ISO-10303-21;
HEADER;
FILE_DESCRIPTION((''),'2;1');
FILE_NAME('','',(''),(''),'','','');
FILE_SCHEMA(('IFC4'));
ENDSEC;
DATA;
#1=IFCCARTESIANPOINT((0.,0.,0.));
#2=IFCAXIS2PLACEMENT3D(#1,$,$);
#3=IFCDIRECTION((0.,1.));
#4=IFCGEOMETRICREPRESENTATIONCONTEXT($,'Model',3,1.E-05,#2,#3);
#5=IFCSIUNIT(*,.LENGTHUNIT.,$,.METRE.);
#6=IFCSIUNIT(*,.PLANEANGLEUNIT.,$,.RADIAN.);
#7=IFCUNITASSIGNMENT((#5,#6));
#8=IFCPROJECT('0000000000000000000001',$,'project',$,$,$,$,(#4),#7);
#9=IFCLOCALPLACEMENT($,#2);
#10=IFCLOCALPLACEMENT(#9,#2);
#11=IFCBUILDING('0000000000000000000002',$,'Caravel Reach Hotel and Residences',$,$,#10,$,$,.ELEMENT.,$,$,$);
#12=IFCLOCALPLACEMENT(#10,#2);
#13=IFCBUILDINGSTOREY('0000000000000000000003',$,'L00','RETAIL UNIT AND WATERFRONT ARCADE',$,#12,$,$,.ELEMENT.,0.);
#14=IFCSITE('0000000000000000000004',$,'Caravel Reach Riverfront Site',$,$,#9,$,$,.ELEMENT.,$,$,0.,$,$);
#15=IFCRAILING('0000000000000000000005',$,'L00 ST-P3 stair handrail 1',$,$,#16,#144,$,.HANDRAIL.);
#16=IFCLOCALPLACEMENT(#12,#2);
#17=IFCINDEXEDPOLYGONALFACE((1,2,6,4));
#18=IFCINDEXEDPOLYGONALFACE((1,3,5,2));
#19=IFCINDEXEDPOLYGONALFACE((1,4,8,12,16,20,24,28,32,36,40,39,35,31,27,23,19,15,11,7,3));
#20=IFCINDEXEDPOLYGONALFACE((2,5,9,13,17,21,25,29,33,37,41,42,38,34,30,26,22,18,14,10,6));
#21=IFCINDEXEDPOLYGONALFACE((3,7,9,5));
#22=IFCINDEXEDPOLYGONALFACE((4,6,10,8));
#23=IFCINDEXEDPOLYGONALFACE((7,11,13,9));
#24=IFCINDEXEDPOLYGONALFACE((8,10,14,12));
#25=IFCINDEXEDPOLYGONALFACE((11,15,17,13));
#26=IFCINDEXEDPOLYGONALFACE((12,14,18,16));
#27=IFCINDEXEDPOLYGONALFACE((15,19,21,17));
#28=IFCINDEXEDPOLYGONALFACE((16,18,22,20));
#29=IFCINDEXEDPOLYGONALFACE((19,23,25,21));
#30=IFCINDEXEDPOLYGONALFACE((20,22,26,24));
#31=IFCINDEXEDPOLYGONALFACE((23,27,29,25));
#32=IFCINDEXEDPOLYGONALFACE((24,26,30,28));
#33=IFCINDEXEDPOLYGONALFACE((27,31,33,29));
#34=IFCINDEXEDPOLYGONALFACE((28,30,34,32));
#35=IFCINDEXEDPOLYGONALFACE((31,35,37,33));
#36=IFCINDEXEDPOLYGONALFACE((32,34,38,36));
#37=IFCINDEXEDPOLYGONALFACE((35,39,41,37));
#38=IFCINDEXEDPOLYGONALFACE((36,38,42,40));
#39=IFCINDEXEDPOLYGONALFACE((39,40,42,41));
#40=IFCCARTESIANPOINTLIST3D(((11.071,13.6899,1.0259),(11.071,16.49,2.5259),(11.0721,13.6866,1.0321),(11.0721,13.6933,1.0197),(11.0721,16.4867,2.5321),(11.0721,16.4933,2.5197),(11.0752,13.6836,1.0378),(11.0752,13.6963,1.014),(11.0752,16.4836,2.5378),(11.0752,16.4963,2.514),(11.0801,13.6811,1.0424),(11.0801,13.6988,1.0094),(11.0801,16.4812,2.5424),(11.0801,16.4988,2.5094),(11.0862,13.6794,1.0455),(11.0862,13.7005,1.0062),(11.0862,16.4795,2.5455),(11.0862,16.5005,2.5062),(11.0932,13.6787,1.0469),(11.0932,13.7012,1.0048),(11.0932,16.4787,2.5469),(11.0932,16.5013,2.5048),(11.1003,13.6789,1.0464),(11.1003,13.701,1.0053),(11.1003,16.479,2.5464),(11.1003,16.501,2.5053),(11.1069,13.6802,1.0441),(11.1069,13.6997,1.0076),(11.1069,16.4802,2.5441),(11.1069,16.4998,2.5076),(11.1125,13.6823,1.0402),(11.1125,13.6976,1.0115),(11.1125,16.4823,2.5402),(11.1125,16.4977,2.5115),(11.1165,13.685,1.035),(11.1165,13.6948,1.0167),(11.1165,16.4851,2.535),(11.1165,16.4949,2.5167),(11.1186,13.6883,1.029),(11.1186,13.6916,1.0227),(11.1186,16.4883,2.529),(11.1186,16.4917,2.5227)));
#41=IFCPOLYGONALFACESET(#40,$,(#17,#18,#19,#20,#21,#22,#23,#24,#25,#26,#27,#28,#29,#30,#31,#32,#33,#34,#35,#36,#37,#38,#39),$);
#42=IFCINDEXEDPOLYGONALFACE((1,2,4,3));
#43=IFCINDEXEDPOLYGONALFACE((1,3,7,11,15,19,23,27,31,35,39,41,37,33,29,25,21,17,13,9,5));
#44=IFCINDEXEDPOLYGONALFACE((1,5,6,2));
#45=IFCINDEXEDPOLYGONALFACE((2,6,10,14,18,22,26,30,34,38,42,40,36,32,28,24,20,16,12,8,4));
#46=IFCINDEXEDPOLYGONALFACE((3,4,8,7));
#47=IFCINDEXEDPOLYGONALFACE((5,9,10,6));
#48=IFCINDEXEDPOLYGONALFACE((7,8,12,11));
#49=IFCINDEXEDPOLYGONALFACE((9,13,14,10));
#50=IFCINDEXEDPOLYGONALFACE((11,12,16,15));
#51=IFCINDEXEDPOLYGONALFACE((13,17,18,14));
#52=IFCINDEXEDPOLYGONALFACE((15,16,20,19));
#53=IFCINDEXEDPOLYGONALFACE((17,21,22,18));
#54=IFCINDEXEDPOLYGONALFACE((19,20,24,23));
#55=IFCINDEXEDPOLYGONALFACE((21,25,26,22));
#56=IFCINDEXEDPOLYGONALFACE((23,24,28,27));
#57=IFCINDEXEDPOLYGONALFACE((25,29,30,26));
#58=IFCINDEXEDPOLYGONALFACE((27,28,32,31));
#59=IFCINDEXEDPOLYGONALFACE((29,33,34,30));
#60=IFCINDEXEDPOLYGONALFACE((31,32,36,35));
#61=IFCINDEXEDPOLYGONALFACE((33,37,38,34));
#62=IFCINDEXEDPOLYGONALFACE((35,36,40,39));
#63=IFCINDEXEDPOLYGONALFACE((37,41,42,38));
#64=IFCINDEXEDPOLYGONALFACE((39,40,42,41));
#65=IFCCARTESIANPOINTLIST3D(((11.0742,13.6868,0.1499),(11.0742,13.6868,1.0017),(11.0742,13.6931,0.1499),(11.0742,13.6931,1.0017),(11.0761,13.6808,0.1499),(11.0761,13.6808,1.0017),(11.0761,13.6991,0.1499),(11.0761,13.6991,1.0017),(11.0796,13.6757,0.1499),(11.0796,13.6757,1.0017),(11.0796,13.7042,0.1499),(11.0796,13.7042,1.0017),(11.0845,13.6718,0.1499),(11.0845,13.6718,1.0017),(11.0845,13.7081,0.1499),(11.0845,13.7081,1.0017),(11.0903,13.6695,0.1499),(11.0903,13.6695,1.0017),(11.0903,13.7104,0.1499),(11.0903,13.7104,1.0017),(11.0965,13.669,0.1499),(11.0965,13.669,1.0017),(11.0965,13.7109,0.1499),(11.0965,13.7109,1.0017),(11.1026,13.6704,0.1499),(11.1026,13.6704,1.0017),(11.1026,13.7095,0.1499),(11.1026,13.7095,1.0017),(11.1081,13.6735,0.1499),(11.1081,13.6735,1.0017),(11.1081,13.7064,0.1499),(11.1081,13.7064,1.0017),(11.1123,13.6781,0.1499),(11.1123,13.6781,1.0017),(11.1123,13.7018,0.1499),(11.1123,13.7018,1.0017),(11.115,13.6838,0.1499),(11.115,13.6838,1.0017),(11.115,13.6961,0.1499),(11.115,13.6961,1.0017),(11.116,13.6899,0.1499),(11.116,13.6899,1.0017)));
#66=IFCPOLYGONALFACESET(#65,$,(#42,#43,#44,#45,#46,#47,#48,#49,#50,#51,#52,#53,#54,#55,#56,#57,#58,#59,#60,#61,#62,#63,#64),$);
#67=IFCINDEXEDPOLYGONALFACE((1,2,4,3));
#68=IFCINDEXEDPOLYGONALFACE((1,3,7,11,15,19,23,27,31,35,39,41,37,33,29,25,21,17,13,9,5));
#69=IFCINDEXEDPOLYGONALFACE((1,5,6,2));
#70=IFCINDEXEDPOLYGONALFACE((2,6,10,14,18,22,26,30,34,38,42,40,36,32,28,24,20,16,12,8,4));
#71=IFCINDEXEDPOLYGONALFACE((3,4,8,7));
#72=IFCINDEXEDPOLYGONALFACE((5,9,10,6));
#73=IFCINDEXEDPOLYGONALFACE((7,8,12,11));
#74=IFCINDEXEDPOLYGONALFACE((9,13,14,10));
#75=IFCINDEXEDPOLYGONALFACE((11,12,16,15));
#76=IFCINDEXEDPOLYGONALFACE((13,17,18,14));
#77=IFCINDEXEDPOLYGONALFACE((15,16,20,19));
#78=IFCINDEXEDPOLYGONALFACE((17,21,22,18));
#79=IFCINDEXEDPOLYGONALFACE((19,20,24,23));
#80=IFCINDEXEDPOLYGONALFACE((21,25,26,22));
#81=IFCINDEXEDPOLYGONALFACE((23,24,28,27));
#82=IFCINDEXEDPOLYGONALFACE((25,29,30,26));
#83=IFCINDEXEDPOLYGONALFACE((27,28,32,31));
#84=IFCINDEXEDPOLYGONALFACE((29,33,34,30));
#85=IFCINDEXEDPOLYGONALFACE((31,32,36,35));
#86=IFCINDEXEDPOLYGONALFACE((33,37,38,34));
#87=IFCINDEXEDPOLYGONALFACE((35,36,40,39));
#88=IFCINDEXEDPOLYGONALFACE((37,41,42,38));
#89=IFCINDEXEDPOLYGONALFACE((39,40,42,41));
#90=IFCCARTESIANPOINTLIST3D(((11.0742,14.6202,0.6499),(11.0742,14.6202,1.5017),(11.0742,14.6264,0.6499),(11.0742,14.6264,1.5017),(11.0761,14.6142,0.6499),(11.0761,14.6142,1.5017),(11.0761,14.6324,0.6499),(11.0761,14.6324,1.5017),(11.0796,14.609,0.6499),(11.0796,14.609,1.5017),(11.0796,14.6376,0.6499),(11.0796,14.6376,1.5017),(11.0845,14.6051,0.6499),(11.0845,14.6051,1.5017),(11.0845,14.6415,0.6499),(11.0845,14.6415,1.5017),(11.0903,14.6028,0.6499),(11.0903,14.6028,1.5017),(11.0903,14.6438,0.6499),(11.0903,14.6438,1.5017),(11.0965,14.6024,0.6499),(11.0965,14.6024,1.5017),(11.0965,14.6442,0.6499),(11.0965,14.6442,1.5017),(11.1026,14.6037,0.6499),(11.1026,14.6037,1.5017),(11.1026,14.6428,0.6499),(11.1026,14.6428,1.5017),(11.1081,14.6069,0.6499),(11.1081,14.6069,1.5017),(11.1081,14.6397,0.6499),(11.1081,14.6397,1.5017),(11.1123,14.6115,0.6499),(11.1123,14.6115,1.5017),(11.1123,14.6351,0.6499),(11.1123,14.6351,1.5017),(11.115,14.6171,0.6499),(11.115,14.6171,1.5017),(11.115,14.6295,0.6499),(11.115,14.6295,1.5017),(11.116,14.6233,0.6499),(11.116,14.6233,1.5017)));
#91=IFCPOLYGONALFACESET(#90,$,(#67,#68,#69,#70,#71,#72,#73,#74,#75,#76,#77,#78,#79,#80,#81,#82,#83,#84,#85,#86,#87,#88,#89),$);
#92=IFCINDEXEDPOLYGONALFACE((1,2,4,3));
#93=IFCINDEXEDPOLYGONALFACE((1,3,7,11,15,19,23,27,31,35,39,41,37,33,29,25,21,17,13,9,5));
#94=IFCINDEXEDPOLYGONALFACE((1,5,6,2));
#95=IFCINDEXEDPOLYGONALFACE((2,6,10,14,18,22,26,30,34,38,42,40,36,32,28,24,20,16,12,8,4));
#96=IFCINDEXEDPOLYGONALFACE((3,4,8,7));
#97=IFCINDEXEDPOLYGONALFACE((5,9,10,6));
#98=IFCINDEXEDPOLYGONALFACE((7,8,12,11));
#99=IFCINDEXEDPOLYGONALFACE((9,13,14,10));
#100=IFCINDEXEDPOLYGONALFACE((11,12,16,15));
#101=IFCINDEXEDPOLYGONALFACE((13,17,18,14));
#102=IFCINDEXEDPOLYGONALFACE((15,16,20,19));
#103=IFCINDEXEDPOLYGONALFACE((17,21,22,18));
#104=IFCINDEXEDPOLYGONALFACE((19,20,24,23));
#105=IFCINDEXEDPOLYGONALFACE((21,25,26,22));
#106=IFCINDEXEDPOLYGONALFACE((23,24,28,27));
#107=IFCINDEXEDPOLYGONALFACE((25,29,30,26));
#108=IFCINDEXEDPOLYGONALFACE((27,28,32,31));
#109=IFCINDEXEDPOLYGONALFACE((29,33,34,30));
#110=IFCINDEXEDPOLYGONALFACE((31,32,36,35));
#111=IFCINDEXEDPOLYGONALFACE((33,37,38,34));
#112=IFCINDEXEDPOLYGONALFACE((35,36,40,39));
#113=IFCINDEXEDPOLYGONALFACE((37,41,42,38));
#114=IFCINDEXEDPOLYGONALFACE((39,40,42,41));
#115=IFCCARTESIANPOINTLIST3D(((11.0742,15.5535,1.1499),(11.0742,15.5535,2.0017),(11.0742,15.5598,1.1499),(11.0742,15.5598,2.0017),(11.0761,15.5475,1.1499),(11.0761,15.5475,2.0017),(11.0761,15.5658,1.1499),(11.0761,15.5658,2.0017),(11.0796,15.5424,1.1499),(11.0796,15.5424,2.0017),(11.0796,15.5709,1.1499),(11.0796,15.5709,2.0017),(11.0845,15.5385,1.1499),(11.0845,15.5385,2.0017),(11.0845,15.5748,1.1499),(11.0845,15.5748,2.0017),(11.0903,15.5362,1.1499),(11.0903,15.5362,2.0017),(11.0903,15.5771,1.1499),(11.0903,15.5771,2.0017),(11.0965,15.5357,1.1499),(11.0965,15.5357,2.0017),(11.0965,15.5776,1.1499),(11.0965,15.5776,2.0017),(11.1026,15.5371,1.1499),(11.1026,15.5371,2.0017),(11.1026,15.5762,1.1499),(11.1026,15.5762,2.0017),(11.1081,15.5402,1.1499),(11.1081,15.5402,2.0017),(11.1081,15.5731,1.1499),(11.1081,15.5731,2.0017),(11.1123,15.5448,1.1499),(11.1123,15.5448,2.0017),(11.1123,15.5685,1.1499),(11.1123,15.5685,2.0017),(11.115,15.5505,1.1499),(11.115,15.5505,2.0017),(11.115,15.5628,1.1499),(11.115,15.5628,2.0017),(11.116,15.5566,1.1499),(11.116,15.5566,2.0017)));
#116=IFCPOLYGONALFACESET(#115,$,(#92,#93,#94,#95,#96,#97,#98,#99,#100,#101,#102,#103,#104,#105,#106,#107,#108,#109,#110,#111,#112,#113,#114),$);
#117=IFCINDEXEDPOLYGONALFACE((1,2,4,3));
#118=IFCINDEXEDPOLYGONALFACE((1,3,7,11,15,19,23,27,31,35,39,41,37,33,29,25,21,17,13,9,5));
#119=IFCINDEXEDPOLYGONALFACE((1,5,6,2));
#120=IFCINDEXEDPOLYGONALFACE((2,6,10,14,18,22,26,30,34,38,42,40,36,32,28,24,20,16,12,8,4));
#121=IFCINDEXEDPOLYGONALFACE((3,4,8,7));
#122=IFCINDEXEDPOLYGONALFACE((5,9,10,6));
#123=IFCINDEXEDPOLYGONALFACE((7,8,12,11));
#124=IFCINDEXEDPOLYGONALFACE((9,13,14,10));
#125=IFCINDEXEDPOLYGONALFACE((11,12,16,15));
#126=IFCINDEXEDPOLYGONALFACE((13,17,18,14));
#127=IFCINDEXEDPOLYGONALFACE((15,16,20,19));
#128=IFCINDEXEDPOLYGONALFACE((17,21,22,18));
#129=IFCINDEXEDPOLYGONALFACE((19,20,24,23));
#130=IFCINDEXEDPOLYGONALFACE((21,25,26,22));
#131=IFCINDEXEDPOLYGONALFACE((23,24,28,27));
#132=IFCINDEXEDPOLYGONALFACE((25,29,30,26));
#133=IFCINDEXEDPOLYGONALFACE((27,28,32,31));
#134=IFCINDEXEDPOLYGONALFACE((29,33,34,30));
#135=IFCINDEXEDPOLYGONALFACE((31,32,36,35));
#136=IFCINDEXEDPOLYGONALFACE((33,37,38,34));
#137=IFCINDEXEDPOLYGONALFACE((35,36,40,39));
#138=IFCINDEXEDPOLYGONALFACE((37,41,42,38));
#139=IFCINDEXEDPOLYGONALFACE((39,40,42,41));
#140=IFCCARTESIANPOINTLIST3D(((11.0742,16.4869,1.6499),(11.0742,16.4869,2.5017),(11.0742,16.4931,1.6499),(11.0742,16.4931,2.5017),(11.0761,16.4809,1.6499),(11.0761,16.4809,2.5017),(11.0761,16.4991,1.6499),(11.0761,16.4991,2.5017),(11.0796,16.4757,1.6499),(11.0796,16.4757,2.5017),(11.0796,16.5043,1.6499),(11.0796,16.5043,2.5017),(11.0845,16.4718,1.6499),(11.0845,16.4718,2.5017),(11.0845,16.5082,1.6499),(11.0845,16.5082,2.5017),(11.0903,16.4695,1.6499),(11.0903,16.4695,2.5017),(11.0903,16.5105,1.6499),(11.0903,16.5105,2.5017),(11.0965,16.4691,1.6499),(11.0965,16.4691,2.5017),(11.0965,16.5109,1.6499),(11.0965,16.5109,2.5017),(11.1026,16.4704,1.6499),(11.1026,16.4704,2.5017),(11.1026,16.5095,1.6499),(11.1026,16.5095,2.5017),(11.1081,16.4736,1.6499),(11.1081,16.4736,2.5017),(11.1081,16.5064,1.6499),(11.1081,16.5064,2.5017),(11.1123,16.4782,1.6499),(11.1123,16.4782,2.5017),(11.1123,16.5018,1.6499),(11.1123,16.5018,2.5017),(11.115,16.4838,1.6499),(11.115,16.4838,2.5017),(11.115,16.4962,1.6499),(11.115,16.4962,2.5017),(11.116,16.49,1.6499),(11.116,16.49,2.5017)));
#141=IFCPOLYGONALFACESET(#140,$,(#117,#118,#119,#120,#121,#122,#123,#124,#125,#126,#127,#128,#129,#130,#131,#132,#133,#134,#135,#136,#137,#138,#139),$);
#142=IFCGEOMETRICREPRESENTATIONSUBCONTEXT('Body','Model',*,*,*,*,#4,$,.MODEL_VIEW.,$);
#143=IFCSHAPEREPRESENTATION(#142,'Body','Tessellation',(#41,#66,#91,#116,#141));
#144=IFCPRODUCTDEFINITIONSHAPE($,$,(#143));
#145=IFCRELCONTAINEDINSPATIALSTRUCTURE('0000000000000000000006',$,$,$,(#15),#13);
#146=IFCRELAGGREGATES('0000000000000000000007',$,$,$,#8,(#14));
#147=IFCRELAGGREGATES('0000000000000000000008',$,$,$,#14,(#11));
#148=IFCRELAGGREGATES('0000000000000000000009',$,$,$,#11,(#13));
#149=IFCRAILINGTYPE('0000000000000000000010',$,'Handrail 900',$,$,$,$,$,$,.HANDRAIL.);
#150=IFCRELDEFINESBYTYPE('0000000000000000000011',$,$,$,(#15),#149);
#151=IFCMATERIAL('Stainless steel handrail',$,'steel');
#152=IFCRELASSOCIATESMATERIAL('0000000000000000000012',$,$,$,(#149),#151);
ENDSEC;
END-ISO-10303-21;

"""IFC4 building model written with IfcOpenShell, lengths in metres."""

from ifc_helpers import new_model, si_unit, direction, frame, origin, origin_2d, place, context, subcontext, project, spatial, circle, extrude, material, type_object, element, save


model = new_model("IFC4")

# Units and contexts
model_context = context("Model", 3, precision=1e-05, world=origin(), true_north=direction((0.0, 1.0)))
body_context = subcontext(model_context, "Body", "Model", "MODEL_VIEW")
ifc_project = project(units=[si_unit("LENGTHUNIT", "METRE"), si_unit("PLANEANGLEUNIT", "RADIAN")], contexts=[model_context])

# Site, building, storey
site_placement = place(None, origin())
site = spatial("IfcSite", under=ifc_project, at=site_placement, Name="Caravel Reach Riverfront Site", CompositionType="ELEMENT", RefElevation=0.0)
building_placement = place(site_placement, origin())
building = spatial("IfcBuilding", under=site, at=building_placement, Name="Caravel Reach Hotel and Residences", CompositionType="ELEMENT")
storey_placement = place(building_placement, origin())
storey = spatial("IfcBuildingStorey", under=building, at=storey_placement, Name="L00", Description="RETAIL UNIT AND WATERFRONT ARCADE", CompositionType="ELEMENT", Elevation=0.0)

# Railing
ifc_material_1 = material(Name="Stainless steel handrail", Category="steel")
railing_type_1 = type_object("IfcRailingType", Name="Handrail 900", PredefinedType="HANDRAIL", material=ifc_material_1)
for number, where, name in (
    (1, (11.095, 13.6899, 0.1499), "L00 ST-P3 stair handrail 1"),
):
    element("IfcRailing", number, at=place(storey_placement, frame(where)), inside=storey, type_object=railing_type_1, Name=name, PredefinedType="HANDRAIL", context=body_context, shape_type="SweptSolid", body=[
        extrude(circle(Radius=0.0239, at=origin_2d()), frame((0.0, 0.0, 0.876), z_axis=(0.0, 0.881483, 0.472215), x_axis=(-1.0, 0.0, 0.0)), (0.0, 0.0, 1.0), 3.1765),
        extrude(circle(Radius=0.021, at=origin_2d()), origin(), (0.0, 0.0, 1.0), 0.8518),
        extrude(circle(Radius=0.021, at=origin_2d()), frame((0.0, 0.9333, 0.5)), (0.0, 0.0, 1.0), 0.8518),
        extrude(circle(Radius=0.021, at=origin_2d()), frame((0.0, 1.8667, 1.0)), (0.0, 0.0, 1.0), 0.8518),
        extrude(circle(Radius=0.021, at=origin_2d()), frame((0.0, 2.8, 1.5)), (0.0, 0.0, 1.0), 0.8518),
    ])

save(model, "model.ifc")
